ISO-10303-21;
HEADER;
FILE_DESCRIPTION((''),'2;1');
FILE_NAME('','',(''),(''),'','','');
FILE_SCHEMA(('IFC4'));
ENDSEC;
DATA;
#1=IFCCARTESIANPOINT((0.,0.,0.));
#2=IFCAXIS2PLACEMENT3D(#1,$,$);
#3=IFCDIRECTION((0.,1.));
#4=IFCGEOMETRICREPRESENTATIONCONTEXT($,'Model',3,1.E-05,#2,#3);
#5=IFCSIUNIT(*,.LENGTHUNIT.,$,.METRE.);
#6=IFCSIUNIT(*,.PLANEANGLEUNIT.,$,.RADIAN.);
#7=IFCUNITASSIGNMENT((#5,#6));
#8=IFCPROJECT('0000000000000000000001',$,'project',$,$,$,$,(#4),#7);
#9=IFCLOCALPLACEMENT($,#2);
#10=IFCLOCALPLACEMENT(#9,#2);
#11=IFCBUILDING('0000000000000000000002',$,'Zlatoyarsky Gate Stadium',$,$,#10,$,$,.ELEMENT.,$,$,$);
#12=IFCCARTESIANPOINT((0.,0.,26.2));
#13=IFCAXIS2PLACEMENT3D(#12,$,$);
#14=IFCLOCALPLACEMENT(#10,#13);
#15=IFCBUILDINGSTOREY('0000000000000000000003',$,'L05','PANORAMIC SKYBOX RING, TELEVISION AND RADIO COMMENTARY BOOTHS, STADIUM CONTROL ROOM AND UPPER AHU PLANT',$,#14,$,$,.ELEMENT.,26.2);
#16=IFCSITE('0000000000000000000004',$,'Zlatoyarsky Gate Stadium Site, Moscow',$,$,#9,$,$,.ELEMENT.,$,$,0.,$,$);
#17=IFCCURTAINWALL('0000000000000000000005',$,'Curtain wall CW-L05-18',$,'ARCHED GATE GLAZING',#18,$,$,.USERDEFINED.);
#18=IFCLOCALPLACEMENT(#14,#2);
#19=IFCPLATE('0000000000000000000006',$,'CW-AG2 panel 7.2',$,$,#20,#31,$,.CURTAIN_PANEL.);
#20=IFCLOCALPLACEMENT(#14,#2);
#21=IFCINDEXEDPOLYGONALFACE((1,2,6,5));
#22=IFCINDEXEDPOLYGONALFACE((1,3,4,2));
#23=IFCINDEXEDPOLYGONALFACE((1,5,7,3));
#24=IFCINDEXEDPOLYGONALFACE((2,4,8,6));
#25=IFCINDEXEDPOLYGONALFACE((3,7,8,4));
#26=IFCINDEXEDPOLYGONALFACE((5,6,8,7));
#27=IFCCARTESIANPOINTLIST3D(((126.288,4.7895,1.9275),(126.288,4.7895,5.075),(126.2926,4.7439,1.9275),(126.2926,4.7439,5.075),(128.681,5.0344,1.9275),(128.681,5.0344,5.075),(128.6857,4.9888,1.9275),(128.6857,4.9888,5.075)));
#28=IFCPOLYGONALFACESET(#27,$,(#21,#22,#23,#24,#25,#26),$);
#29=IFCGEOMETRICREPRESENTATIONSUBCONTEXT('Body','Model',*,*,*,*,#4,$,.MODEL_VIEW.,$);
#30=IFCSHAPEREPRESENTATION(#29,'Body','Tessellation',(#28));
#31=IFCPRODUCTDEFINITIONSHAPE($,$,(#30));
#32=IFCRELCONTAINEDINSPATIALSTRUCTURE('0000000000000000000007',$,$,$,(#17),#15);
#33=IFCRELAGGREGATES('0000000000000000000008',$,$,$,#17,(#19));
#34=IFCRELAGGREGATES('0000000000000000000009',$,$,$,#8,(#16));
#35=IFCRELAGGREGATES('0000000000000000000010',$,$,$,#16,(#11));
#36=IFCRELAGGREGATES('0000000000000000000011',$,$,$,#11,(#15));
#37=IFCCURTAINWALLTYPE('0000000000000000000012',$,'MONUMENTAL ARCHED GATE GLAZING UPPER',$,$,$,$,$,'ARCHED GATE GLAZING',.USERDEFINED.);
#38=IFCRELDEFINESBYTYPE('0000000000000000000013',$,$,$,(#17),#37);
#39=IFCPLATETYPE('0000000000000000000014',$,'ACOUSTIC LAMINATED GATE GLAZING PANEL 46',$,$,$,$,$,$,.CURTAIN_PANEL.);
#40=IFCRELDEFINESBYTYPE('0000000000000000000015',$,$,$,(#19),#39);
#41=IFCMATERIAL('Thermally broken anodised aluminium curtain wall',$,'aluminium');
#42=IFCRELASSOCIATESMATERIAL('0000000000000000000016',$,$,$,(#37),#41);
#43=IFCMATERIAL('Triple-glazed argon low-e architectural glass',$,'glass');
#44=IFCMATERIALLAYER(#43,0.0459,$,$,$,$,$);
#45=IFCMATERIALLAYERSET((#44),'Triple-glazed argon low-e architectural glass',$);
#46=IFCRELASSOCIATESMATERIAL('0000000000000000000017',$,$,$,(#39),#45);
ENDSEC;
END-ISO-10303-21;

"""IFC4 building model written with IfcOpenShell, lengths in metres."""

from ifc_helpers import new_model, si_unit, direction, frame, origin, origin_2d, place, context, subcontext, project, spatial, rectangle, extrude, material, layer, layer_set, type_object, element, aggregate, save


model = new_model("IFC4")

# Units and contexts
model_context = context("Model", 3, precision=1e-05, world=origin(), true_north=direction((0.0, 1.0)))
body_context = subcontext(model_context, "Body", "Model", "MODEL_VIEW")
ifc_project = project(units=[si_unit("LENGTHUNIT", "METRE"), si_unit("PLANEANGLEUNIT", "RADIAN")], contexts=[model_context])

# Site, building, storey
site_placement = place(None, origin())
site = spatial("IfcSite", under=ifc_project, at=site_placement, Name="Zlatoyarsky Gate Stadium Site, Moscow", CompositionType="ELEMENT", RefElevation=0.0)
building_placement = place(site_placement, origin())
building = spatial("IfcBuilding", under=site, at=building_placement, Name="Zlatoyarsky Gate Stadium", CompositionType="ELEMENT")
storey_placement = place(building_placement, frame((0.0, 0.0, 26.2)))
storey = spatial("IfcBuildingStorey", under=building, at=storey_placement, Name="L05", Description="PANORAMIC SKYBOX RING, TELEVISION AND RADIO COMMENTARY BOOTHS, STADIUM CONTROL ROOM AND UPPER AHU PLANT", CompositionType="ELEMENT", Elevation=26.2)

# Curtain wall, plate
ifc_material_1 = material(Name="Thermally broken anodised aluminium curtain wall", Category="aluminium")
curtain_wall_type = type_object("IfcCurtainWallType", Name="MONUMENTAL ARCHED GATE GLAZING UPPER", ElementType="ARCHED GATE GLAZING", PredefinedType="USERDEFINED", material=ifc_material_1)
curtain_wall_placement = place(storey_placement, origin())
curtain_wall = element("IfcCurtainWall", 1, at=curtain_wall_placement, inside=storey, type_object=curtain_wall_type, Name="Curtain wall CW-L05-18", ObjectType="ARCHED GATE GLAZING", PredefinedType="USERDEFINED")
ifc_material_2 = material(Name="Triple-glazed argon low-e architectural glass", Category="glass")
ifc_layer = layer(ifc_material_2, 0.0459)
ifc_layer_set = layer_set([ifc_layer], Name="Triple-glazed argon low-e architectural glass")
plate_type = type_object("IfcPlateType", Name="ACOUSTIC LAMINATED GATE GLAZING PANEL 46", PredefinedType="CURTAIN_PANEL", material=ifc_layer_set)
plate_1_placement = place(storey_placement, frame((127.4868, 4.8892, 1.9275), z_axis=(0.0, 0.0, 1.0), x_axis=(0.994804, 0.101805, 0.0)))
plate_1 = element("IfcPlate", 2, at=plate_1_placement, type_object=plate_type, Name="CW-AG2 panel 7.2", PredefinedType="CURTAIN_PANEL", context=body_context, shape_type="SweptSolid", body=[
    extrude(rectangle(XDim=2.4055, YDim=0.0459, at=origin_2d()), origin(), (0.0, 0.0, 1.0), 3.1475),
])
aggregate(curtain_wall, [plate_1])

save(model, "model.ifc")
